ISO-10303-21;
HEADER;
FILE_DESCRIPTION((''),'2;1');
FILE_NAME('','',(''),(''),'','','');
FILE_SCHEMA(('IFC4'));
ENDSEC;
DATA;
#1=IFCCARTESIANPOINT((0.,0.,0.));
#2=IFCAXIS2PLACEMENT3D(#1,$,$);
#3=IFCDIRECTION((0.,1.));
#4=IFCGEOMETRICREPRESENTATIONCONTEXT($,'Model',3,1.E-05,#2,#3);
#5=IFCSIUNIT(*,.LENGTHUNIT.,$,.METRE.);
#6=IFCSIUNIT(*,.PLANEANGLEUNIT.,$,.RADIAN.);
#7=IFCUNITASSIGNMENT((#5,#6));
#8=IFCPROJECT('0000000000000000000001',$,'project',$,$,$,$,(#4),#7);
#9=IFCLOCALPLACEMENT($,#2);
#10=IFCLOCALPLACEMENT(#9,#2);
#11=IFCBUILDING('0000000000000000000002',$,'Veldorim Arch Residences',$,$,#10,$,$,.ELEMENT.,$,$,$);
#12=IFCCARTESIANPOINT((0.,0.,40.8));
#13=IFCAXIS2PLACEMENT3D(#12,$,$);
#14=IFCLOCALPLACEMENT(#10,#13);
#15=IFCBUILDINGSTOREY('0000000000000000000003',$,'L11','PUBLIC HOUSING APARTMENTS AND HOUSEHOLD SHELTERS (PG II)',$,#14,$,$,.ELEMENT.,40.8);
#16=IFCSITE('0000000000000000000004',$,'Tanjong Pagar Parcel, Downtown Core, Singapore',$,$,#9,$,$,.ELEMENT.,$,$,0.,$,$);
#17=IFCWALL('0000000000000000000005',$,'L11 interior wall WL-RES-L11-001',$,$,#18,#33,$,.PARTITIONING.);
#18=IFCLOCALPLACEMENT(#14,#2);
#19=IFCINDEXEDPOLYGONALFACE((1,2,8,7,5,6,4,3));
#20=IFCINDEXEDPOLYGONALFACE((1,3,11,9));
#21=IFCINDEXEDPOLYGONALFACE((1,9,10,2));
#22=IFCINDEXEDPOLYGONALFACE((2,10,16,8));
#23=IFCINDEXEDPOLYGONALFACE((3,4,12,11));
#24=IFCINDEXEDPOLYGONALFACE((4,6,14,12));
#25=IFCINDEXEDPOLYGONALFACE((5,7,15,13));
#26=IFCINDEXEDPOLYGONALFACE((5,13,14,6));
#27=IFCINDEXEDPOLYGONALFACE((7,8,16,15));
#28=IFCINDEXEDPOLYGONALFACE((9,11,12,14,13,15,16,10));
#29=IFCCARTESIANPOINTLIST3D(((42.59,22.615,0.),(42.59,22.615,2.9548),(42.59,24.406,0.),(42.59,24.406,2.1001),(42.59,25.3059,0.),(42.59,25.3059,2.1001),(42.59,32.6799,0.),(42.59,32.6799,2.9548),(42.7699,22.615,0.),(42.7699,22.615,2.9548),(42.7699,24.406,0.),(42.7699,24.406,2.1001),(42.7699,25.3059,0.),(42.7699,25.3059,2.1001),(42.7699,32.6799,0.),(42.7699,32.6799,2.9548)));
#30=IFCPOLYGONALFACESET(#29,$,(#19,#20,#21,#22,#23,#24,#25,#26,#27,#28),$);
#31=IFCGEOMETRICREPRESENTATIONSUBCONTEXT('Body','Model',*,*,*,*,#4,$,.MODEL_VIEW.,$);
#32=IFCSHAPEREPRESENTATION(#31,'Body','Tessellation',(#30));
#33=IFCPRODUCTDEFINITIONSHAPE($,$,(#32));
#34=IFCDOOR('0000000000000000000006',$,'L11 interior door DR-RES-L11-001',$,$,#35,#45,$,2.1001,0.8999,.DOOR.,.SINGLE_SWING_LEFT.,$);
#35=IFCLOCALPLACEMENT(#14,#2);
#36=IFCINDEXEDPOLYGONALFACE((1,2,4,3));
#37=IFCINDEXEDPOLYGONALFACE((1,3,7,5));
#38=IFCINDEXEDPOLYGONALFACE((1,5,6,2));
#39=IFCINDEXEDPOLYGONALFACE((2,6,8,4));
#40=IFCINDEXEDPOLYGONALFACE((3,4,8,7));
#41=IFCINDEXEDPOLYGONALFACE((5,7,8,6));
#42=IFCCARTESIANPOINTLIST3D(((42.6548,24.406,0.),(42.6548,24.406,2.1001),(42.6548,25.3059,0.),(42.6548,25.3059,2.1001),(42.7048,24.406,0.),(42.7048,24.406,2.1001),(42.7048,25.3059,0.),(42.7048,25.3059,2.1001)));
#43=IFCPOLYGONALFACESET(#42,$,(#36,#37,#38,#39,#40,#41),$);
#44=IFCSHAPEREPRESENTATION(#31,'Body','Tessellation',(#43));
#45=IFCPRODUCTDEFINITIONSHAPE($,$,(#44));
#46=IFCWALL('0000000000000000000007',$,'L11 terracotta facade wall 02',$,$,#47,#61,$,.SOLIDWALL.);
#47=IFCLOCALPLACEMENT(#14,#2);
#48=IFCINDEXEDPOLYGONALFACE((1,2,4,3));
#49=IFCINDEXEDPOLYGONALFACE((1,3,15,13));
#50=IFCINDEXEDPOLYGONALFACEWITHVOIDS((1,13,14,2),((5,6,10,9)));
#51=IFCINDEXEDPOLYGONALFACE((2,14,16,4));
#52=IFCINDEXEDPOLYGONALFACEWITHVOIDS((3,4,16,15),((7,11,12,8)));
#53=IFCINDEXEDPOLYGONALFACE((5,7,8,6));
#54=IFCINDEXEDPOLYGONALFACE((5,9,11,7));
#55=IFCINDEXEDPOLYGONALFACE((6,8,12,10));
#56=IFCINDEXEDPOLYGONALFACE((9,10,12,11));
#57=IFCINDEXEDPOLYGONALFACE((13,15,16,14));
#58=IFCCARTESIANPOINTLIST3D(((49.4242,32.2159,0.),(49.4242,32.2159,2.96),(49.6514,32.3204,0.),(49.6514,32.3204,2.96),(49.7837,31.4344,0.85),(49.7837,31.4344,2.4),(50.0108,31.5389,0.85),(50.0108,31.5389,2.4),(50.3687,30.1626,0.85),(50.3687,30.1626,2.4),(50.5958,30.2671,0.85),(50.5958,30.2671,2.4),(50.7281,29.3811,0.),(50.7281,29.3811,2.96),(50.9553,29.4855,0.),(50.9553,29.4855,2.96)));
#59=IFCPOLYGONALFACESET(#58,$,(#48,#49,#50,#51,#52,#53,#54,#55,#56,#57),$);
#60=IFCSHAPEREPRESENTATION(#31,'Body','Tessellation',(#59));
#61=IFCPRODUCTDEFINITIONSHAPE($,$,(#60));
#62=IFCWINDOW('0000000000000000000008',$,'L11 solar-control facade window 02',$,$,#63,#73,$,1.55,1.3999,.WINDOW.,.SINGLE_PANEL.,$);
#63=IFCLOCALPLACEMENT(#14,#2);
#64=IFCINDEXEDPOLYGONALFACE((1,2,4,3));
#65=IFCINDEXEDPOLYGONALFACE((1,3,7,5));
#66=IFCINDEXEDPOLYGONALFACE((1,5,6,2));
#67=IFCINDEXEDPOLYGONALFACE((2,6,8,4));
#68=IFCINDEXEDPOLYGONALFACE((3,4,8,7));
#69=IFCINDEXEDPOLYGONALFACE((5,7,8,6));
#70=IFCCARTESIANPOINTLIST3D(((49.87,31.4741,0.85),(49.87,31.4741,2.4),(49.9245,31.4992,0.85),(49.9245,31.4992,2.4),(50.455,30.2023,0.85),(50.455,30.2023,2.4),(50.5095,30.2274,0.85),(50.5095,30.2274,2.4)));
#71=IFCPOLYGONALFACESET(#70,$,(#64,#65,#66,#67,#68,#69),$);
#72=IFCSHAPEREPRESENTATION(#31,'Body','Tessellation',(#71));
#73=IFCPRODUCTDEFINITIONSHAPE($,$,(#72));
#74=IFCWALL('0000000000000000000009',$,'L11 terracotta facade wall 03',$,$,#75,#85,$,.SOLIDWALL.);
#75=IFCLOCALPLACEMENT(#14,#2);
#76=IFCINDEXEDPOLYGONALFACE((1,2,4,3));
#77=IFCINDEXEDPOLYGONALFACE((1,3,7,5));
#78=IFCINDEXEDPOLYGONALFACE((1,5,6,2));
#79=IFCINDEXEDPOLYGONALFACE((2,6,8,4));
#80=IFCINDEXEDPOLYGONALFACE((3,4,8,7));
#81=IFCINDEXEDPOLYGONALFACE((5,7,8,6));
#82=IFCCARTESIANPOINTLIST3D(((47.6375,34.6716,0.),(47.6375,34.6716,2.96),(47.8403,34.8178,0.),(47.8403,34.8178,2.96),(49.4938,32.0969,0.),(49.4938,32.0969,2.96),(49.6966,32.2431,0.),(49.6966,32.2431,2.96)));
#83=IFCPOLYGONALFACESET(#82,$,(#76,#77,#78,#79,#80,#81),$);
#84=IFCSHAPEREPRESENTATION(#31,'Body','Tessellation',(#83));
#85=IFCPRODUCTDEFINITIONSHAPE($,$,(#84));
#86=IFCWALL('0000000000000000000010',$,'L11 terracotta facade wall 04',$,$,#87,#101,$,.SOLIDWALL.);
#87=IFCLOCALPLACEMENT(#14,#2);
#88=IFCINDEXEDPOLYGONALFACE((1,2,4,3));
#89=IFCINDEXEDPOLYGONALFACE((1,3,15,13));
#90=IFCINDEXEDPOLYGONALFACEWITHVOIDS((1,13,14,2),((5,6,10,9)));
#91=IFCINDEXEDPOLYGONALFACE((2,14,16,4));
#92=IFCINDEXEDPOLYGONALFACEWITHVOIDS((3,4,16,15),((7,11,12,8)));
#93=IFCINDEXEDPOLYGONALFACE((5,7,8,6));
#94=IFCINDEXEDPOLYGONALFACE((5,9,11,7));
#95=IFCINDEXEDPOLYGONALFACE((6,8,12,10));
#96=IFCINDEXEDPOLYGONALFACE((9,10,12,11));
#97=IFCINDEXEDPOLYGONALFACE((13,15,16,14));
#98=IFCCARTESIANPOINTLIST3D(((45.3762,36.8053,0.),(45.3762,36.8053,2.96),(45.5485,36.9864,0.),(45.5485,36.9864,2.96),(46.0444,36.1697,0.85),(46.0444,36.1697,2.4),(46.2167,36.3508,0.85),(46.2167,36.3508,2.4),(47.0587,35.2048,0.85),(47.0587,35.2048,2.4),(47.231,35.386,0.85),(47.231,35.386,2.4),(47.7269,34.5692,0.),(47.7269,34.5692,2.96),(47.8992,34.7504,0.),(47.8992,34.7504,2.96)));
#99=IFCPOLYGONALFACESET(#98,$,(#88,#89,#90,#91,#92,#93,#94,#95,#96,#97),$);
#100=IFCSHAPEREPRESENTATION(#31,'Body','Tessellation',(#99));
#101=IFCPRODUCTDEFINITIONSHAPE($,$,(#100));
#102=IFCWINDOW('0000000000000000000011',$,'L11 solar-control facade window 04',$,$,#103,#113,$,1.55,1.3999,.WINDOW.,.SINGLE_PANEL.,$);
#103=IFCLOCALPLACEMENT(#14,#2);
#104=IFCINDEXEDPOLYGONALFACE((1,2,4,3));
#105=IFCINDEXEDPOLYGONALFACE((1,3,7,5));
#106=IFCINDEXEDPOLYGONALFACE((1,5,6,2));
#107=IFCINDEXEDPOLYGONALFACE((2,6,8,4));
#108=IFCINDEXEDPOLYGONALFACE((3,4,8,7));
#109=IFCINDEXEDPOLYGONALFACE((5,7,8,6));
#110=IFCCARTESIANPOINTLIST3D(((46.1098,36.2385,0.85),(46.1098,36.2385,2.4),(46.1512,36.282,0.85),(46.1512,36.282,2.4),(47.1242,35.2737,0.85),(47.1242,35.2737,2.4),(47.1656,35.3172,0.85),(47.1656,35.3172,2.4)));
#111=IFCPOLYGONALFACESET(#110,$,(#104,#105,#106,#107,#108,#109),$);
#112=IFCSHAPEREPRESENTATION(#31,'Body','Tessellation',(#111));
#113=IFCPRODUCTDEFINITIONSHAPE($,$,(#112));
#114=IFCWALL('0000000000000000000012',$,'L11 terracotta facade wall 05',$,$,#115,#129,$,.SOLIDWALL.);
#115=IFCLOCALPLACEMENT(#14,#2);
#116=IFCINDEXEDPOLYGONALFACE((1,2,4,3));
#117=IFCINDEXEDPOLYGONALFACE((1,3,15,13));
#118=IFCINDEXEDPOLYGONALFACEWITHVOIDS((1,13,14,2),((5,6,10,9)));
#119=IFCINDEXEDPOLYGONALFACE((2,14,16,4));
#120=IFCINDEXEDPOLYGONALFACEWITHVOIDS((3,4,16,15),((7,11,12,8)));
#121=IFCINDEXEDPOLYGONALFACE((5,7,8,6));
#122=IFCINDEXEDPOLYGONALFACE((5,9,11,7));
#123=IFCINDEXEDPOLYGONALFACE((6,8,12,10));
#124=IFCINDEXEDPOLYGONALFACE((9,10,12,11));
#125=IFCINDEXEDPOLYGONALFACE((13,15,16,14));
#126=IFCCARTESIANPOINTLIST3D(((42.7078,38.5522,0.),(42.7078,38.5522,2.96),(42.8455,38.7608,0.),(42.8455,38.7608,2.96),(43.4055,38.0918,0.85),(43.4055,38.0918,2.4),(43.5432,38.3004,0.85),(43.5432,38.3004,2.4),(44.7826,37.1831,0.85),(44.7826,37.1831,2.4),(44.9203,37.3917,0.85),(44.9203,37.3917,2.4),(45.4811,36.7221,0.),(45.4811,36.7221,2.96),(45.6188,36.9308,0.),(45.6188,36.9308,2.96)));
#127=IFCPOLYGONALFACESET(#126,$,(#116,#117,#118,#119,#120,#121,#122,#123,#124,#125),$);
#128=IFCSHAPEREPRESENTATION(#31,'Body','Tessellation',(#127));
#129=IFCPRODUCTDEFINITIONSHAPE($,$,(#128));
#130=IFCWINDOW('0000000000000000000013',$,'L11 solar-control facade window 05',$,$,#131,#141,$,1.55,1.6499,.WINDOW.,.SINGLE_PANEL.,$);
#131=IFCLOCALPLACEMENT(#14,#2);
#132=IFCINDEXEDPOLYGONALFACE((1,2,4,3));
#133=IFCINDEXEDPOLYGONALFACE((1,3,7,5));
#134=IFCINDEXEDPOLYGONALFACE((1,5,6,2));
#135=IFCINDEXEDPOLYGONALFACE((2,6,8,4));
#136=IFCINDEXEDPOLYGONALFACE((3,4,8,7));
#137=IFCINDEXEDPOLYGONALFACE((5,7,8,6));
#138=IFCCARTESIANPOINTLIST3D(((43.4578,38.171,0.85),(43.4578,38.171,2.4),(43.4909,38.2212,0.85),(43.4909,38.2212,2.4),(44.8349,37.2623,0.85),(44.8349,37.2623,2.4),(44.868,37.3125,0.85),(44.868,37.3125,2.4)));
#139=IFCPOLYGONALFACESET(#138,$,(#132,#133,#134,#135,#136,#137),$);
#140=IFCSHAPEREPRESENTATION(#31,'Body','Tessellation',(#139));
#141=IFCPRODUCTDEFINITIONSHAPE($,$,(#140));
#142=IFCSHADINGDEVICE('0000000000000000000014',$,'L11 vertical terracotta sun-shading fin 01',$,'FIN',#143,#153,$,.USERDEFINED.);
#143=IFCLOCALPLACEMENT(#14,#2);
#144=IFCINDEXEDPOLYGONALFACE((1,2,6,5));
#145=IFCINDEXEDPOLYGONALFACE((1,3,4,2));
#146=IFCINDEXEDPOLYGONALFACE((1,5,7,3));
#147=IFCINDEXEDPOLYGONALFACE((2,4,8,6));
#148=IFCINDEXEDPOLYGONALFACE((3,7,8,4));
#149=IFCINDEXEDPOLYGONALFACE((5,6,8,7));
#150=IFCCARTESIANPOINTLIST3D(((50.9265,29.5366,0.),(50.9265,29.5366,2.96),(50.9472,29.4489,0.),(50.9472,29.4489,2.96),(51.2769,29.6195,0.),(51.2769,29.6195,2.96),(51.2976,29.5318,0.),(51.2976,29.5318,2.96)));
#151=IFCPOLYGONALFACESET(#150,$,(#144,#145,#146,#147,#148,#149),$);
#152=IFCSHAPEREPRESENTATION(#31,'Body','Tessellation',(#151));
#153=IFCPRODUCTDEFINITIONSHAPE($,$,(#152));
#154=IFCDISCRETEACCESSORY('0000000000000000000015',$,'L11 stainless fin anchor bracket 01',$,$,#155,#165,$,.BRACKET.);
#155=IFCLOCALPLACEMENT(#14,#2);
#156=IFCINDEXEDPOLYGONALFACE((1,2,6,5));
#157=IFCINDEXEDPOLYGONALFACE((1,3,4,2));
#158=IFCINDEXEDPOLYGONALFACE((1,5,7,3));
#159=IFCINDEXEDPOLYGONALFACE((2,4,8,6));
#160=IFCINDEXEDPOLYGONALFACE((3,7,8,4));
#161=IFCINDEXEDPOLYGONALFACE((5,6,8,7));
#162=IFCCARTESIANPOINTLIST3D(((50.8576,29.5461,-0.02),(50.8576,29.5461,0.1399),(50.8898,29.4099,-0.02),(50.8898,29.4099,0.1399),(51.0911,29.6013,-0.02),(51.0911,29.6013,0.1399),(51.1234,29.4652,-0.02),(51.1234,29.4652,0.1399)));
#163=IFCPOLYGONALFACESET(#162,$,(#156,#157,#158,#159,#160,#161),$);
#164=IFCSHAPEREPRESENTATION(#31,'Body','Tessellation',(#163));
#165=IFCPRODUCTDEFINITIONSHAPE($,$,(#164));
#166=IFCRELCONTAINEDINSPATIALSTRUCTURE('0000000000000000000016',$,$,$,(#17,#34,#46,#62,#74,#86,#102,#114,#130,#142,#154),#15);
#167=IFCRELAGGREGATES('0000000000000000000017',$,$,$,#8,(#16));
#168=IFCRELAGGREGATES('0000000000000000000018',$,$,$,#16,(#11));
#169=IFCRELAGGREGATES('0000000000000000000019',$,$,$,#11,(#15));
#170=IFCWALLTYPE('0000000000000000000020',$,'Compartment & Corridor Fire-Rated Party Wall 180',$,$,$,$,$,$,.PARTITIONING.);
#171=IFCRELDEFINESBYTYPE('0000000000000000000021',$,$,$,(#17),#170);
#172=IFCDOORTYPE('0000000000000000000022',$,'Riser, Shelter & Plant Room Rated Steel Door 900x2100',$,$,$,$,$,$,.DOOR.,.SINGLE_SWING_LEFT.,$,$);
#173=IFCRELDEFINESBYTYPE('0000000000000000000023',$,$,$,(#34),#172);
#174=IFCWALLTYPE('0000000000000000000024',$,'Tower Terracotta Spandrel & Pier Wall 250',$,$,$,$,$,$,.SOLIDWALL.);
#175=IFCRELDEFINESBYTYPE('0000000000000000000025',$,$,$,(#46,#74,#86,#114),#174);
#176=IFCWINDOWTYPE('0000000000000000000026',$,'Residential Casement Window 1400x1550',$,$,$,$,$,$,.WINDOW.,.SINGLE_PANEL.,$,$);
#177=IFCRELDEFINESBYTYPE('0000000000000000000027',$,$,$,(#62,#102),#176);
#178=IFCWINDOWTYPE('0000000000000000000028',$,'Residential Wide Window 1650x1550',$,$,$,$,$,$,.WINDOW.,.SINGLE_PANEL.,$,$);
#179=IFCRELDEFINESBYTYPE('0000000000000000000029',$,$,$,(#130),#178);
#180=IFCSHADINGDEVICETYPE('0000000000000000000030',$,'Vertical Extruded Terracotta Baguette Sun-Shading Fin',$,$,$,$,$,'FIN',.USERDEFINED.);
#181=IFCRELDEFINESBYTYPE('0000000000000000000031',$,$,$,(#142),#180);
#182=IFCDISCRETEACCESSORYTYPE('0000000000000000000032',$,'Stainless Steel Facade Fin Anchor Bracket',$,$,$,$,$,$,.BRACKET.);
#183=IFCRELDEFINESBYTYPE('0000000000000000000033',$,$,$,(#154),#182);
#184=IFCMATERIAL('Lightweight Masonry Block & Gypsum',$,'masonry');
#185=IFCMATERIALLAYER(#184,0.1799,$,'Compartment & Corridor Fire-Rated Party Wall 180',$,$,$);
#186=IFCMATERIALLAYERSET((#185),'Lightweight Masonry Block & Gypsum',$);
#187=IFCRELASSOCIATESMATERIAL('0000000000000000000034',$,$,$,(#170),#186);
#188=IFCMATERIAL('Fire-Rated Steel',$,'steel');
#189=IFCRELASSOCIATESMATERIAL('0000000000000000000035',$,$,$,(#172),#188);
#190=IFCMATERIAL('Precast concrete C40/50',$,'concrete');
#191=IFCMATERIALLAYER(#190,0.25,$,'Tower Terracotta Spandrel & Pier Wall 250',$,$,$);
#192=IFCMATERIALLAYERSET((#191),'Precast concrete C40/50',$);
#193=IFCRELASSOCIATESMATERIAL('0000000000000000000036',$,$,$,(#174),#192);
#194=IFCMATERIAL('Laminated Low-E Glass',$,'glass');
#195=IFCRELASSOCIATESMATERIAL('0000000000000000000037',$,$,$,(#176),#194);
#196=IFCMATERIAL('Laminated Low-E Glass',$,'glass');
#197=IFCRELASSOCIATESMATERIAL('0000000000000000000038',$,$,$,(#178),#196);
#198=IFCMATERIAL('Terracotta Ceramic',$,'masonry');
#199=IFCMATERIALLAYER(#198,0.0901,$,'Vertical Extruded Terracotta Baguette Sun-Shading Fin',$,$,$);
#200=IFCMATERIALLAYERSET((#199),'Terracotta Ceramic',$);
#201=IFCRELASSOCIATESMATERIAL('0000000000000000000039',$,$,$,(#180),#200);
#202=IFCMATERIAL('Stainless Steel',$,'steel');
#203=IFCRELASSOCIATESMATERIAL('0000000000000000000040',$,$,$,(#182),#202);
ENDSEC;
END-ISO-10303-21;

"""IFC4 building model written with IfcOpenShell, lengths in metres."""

from ifc_helpers import new_model, si_unit, direction, frame, frame_2d, origin, origin_2d, place, context, subcontext, project, spatial, rectangle, extrude, material, layer, layer_set, type_object, element, fill, save


model = new_model("IFC4")

# Units and contexts
model_context = context("Model", 3, precision=1e-05, world=origin(), true_north=direction((0.0, 1.0)))
body_context = subcontext(model_context, "Body", "Model", "MODEL_VIEW")
ifc_project = project(units=[si_unit("LENGTHUNIT", "METRE"), si_unit("PLANEANGLEUNIT", "RADIAN")], contexts=[model_context])

# Site, building, storey
site_placement = place(None, origin())
site = spatial("IfcSite", under=ifc_project, at=site_placement, Name="Tanjong Pagar Parcel, Downtown Core, Singapore", CompositionType="ELEMENT", RefElevation=0.0)
building_placement = place(site_placement, origin())
building = spatial("IfcBuilding", under=site, at=building_placement, Name="Veldorim Arch Residences", CompositionType="ELEMENT")
storey_placement = place(building_placement, frame((0.0, 0.0, 40.8)))
storey = spatial("IfcBuildingStorey", under=building, at=storey_placement, Name="L11", Description="PUBLIC HOUSING APARTMENTS AND HOUSEHOLD SHELTERS (PG II)", CompositionType="ELEMENT", Elevation=40.8)

# Shared definitions
ifc_material_1 = material(Name="Lightweight Masonry Block & Gypsum", Category="masonry")
ifc_layer_1 = layer(ifc_material_1, 0.1799, Name="Compartment & Corridor Fire-Rated Party Wall 180")
ifc_layer_set_1 = layer_set([ifc_layer_1], Name="Lightweight Masonry Block & Gypsum")
wall_type_1 = type_object("IfcWallType", Name="Compartment & Corridor Fire-Rated Party Wall 180", PredefinedType="PARTITIONING", material=ifc_layer_set_1)

# Wall, opening, door
wall_1_placement = place(storey_placement, frame((42.6799, 32.6799, 0.0), z_axis=(0.0, 0.0, 1.0), x_axis=(0.0, -1.0, 0.0)))
wall_1 = element("IfcWall", 1, at=wall_1_placement, inside=storey, type_object=wall_type_1, Name="L11 interior wall WL-RES-L11-001", PredefinedType="PARTITIONING", context=body_context, shape_type="SweptSolid", body=[
    extrude(rectangle(XDim=10.0649, YDim=0.1799, at=frame_2d((5.0325, 0.0))), origin(), (0.0, 0.0, 1.0), 2.9548),
])
opening_1_placement = place(wall_1_placement, frame((7.374, 0.0, 0.0)))
opening_1 = element("IfcOpeningElement", 2, at=opening_1_placement, cuts=wall_1, PredefinedType="OPENING", context=body_context, shape_type="SweptSolid", body=[
    extrude(rectangle(XDim=0.8999, YDim=2.1001, at=frame_2d((0.45, 1.05))), frame((0.0, 0.0999, 0.0), z_axis=(0.0, -1.0, 0.0), x_axis=(1.0, 0.0, 0.0)), (0.0, 0.0, 1.0), 0.2),
])
ifc_material_2 = material(Name="Fire-Rated Steel", Category="steel")
door_type_1 = type_object("IfcDoorType", Name="Riser, Shelter & Plant Room Rated Steel Door 900x2100", OperationType="SINGLE_SWING_LEFT", PredefinedType="DOOR", material=ifc_material_2)
door_1_placement = place(opening_1_placement, origin())
door_1 = element("IfcDoor", 3, at=door_1_placement, inside=storey, type_object=door_type_1, Name="L11 interior door DR-RES-L11-001", OperationType="SINGLE_SWING_LEFT", OverallHeight=2.1001, OverallWidth=0.8999, PredefinedType="DOOR", context=body_context, shape_type="SweptSolid", body=[
    extrude(rectangle(XDim=0.8999, YDim=2.1001, at=frame_2d((0.45, 1.05))), frame((0.0, 0.0249, 0.0), z_axis=(0.0, -1.0, 0.0), x_axis=(1.0, 0.0, 0.0)), (0.0, 0.0, 1.0), 0.05),
])
fill(opening_1, door_1)

# Wall, opening, window
ifc_material_3 = material(Name="Precast concrete C40/50", Category="concrete")
ifc_layer_2 = layer(ifc_material_3, 0.25, Name="Tower Terracotta Spandrel & Pier Wall 250")
ifc_layer_set_2 = layer_set([ifc_layer_2], Name="Precast concrete C40/50")
wall_type_2 = type_object("IfcWallType", Name="Tower Terracotta Spandrel & Pier Wall 250", PredefinedType="SOLIDWALL", material=ifc_layer_set_2)
wall_2_placement = place(storey_placement, frame((49.5378, 32.2681, 0.0), z_axis=(0.0, 0.0, 1.0), x_axis=(0.417872, -0.908506, 0.0)))
wall_2 = element("IfcWall", 4, at=wall_2_placement, inside=storey, type_object=wall_type_2, Name="L11 terracotta facade wall 02", PredefinedType="SOLIDWALL", context=body_context, shape_type="SweptSolid", body=[
    extrude(rectangle(XDim=3.1204, YDim=0.25, at=frame_2d((1.5601, 0.0))), origin(), (0.0, 0.0, 1.0), 2.96),
])
opening_2_placement = place(wall_2_placement, frame((0.8601, 0.0, 0.8501)))
opening_2 = element("IfcOpeningElement", 5, at=opening_2_placement, cuts=wall_2, PredefinedType="OPENING", context=body_context, shape_type="SweptSolid", body=[
    extrude(rectangle(XDim=1.3999, YDim=1.55, at=frame_2d((0.7, 0.7749))), frame((0.0, 0.135, 0.0), z_axis=(0.0, -1.0, 0.0), x_axis=(1.0, 0.0, 0.0)), (0.0, 0.0, 1.0), 0.27),
])
ifc_material_4 = material(Name="Laminated Low-E Glass", Category="glass")
window_type_1 = type_object("IfcWindowType", Name="Residential Casement Window 1400x1550", PartitioningType="SINGLE_PANEL", PredefinedType="WINDOW", material=ifc_material_4)
window_1_placement = place(opening_2_placement, origin())
window_1 = element("IfcWindow", 6, at=window_1_placement, inside=storey, type_object=window_type_1, Name="L11 solar-control facade window 02", OverallHeight=1.55, OverallWidth=1.3999, PartitioningType="SINGLE_PANEL", PredefinedType="WINDOW", context=body_context, shape_type="SweptSolid", body=[
    extrude(rectangle(XDim=1.3999, YDim=1.55, at=frame_2d((0.7, 0.7749))), frame((0.0, 0.03, 0.0), z_axis=(0.0, -1.0, 0.0), x_axis=(1.0, 0.0, 0.0)), (0.0, 0.0, 1.0), 0.0601),
])
fill(opening_2, window_1)

# Wall
wall_3_placement = place(storey_placement, frame((47.739, 34.7446, 0.0), z_axis=(0.0, 0.0, 1.0), x_axis=(0.584805, -0.811174, 0.0)))
element("IfcWall", 7, at=wall_3_placement, inside=storey, type_object=wall_type_2, Name="L11 terracotta facade wall 03", PredefinedType="SOLIDWALL", context=body_context, shape_type="SweptSolid", body=[
    extrude(rectangle(XDim=3.1741, YDim=0.25, at=frame_2d((1.5869, 0.0))), origin(), (0.0, 0.0, 1.0), 2.96),
])

# Walls, openings, windows
wall_4_placement = place(storey_placement, frame((45.4624, 36.8958, 0.0), z_axis=(0.0, 0.0, 1.0), x_axis=(0.724569, -0.689202, 0.0)))
wall_4 = element("IfcWall", 8, at=wall_4_placement, inside=storey, type_object=wall_type_2, Name="L11 terracotta facade wall 04", PredefinedType="SOLIDWALL", context=body_context, shape_type="SweptSolid", body=[
    extrude(rectangle(XDim=3.2444, YDim=0.25, at=frame_2d((1.6221, 0.0))), origin(), (0.0, 0.0, 1.0), 2.96),
])
opening_3_placement = place(wall_4_placement, frame((0.9221, 0.0, 0.8501)))
opening_3 = element("IfcOpeningElement", 9, at=opening_3_placement, cuts=wall_4, PredefinedType="OPENING", context=body_context, shape_type="SweptSolid", body=[
    extrude(rectangle(XDim=1.3999, YDim=1.55, at=frame_2d((0.7, 0.7749))), frame((0.0, 0.135, 0.0), z_axis=(0.0, -1.0, 0.0), x_axis=(1.0, 0.0, 0.0)), (0.0, 0.0, 1.0), 0.27),
])
window_2_placement = place(opening_3_placement, origin())
window_2 = element("IfcWindow", 10, at=window_2_placement, inside=storey, type_object=window_type_1, Name="L11 solar-control facade window 04", OverallHeight=1.55, OverallWidth=1.3999, PartitioningType="SINGLE_PANEL", PredefinedType="WINDOW", context=body_context, shape_type="SweptSolid", body=[
    extrude(rectangle(XDim=1.3999, YDim=1.55, at=frame_2d((0.7, 0.7749))), frame((0.0, 0.03, 0.0), z_axis=(0.0, -1.0, 0.0), x_axis=(1.0, 0.0, 0.0)), (0.0, 0.0, 1.0), 0.0601),
])
fill(opening_3, window_2)
wall_5_placement = place(storey_placement, frame((42.7766, 38.6565, 0.0), z_axis=(0.0, 0.0, 1.0), x_axis=(0.834663, -0.55076, 0.0)))
wall_5 = element("IfcWall", 11, at=wall_5_placement, inside=storey, type_object=wall_type_2, Name="L11 terracotta facade wall 05", PredefinedType="SOLIDWALL", context=body_context, shape_type="SweptSolid", body=[
    extrude(rectangle(XDim=3.3228, YDim=0.25, at=frame_2d((1.6614, 0.0))), origin(), (0.0, 0.0, 1.0), 2.96),
])
opening_4_placement = place(wall_5_placement, frame((0.8359, 0.0, 0.8501)))
opening_4 = element("IfcOpeningElement", 12, at=opening_4_placement, cuts=wall_5, PredefinedType="OPENING", context=body_context, shape_type="SweptSolid", body=[
    extrude(rectangle(XDim=1.6499, YDim=1.55, at=frame_2d((0.825, 0.7749))), frame((0.0, 0.135, 0.0), z_axis=(0.0, -1.0, 0.0), x_axis=(1.0, 0.0, 0.0)), (0.0, 0.0, 1.0), 0.27),
])
ifc_material_5 = material(Name="Laminated Low-E Glass", Category="glass")
window_type_2 = type_object("IfcWindowType", Name="Residential Wide Window 1650x1550", PartitioningType="SINGLE_PANEL", PredefinedType="WINDOW", material=ifc_material_5)
window_3_placement = place(opening_4_placement, origin())
window_3 = element("IfcWindow", 13, at=window_3_placement, inside=storey, type_object=window_type_2, Name="L11 solar-control facade window 05", OverallHeight=1.55, OverallWidth=1.6499, PartitioningType="SINGLE_PANEL", PredefinedType="WINDOW", context=body_context, shape_type="SweptSolid", body=[
    extrude(rectangle(XDim=1.6499, YDim=1.55, at=frame_2d((0.825, 0.7749))), frame((0.0, 0.03, 0.0), z_axis=(0.0, -1.0, 0.0), x_axis=(1.0, 0.0, 0.0)), (0.0, 0.0, 1.0), 0.0601),
])
fill(opening_4, window_3)

# Shading device
ifc_material_6 = material(Name="Terracotta Ceramic", Category="masonry")
ifc_layer_3 = layer(ifc_material_6, 0.0901, Name="Vertical Extruded Terracotta Baguette Sun-Shading Fin")
ifc_layer_set_3 = layer_set([ifc_layer_3], Name="Terracotta Ceramic")
shading_device_type = type_object("IfcShadingDeviceType", Name="Vertical Extruded Terracotta Baguette Sun-Shading Fin", ElementType="FIN", PredefinedType="USERDEFINED", material=ifc_layer_set_3)
shading_device_placement = place(storey_placement, frame((51.1121, 29.5342, 0.0), z_axis=(0.0, 0.0, 1.0), x_axis=(0.23022, -0.973139, 0.0)))
element("IfcShadingDevice", 14, at=shading_device_placement, inside=storey, type_object=shading_device_type, Name="L11 vertical terracotta sun-shading fin 01", ObjectType="FIN", PredefinedType="USERDEFINED", context=body_context, shape_type="SweptSolid", body=[
    extrude(rectangle(XDim=0.0901, YDim=0.3601, at=origin_2d()), origin(), (0.0, 0.0, 1.0), 2.96),
])

# Discrete accessory
ifc_material_7 = material(Name="Stainless Steel", Category="steel")
discrete_accessory_type = type_object("IfcDiscreteAccessoryType", Name="Stainless Steel Facade Fin Anchor Bracket", PredefinedType="BRACKET", material=ifc_material_7)
discrete_accessory_placement = place(storey_placement, frame((50.9905, 29.5056, -0.02), z_axis=(0.0, 0.0, 1.0), x_axis=(0.23022, -0.973139, 0.0)))
element("IfcDiscreteAccessory", 15, at=discrete_accessory_placement, inside=storey, type_object=discrete_accessory_type, Name="L11 stainless fin anchor bracket 01", PredefinedType="BRACKET", context=body_context, shape_type="SweptSolid", body=[
    extrude(rectangle(XDim=0.1399, YDim=0.24, at=origin_2d()), origin(), (0.0, 0.0, 1.0), 0.1599),
])

save(model, "model.ifc")
